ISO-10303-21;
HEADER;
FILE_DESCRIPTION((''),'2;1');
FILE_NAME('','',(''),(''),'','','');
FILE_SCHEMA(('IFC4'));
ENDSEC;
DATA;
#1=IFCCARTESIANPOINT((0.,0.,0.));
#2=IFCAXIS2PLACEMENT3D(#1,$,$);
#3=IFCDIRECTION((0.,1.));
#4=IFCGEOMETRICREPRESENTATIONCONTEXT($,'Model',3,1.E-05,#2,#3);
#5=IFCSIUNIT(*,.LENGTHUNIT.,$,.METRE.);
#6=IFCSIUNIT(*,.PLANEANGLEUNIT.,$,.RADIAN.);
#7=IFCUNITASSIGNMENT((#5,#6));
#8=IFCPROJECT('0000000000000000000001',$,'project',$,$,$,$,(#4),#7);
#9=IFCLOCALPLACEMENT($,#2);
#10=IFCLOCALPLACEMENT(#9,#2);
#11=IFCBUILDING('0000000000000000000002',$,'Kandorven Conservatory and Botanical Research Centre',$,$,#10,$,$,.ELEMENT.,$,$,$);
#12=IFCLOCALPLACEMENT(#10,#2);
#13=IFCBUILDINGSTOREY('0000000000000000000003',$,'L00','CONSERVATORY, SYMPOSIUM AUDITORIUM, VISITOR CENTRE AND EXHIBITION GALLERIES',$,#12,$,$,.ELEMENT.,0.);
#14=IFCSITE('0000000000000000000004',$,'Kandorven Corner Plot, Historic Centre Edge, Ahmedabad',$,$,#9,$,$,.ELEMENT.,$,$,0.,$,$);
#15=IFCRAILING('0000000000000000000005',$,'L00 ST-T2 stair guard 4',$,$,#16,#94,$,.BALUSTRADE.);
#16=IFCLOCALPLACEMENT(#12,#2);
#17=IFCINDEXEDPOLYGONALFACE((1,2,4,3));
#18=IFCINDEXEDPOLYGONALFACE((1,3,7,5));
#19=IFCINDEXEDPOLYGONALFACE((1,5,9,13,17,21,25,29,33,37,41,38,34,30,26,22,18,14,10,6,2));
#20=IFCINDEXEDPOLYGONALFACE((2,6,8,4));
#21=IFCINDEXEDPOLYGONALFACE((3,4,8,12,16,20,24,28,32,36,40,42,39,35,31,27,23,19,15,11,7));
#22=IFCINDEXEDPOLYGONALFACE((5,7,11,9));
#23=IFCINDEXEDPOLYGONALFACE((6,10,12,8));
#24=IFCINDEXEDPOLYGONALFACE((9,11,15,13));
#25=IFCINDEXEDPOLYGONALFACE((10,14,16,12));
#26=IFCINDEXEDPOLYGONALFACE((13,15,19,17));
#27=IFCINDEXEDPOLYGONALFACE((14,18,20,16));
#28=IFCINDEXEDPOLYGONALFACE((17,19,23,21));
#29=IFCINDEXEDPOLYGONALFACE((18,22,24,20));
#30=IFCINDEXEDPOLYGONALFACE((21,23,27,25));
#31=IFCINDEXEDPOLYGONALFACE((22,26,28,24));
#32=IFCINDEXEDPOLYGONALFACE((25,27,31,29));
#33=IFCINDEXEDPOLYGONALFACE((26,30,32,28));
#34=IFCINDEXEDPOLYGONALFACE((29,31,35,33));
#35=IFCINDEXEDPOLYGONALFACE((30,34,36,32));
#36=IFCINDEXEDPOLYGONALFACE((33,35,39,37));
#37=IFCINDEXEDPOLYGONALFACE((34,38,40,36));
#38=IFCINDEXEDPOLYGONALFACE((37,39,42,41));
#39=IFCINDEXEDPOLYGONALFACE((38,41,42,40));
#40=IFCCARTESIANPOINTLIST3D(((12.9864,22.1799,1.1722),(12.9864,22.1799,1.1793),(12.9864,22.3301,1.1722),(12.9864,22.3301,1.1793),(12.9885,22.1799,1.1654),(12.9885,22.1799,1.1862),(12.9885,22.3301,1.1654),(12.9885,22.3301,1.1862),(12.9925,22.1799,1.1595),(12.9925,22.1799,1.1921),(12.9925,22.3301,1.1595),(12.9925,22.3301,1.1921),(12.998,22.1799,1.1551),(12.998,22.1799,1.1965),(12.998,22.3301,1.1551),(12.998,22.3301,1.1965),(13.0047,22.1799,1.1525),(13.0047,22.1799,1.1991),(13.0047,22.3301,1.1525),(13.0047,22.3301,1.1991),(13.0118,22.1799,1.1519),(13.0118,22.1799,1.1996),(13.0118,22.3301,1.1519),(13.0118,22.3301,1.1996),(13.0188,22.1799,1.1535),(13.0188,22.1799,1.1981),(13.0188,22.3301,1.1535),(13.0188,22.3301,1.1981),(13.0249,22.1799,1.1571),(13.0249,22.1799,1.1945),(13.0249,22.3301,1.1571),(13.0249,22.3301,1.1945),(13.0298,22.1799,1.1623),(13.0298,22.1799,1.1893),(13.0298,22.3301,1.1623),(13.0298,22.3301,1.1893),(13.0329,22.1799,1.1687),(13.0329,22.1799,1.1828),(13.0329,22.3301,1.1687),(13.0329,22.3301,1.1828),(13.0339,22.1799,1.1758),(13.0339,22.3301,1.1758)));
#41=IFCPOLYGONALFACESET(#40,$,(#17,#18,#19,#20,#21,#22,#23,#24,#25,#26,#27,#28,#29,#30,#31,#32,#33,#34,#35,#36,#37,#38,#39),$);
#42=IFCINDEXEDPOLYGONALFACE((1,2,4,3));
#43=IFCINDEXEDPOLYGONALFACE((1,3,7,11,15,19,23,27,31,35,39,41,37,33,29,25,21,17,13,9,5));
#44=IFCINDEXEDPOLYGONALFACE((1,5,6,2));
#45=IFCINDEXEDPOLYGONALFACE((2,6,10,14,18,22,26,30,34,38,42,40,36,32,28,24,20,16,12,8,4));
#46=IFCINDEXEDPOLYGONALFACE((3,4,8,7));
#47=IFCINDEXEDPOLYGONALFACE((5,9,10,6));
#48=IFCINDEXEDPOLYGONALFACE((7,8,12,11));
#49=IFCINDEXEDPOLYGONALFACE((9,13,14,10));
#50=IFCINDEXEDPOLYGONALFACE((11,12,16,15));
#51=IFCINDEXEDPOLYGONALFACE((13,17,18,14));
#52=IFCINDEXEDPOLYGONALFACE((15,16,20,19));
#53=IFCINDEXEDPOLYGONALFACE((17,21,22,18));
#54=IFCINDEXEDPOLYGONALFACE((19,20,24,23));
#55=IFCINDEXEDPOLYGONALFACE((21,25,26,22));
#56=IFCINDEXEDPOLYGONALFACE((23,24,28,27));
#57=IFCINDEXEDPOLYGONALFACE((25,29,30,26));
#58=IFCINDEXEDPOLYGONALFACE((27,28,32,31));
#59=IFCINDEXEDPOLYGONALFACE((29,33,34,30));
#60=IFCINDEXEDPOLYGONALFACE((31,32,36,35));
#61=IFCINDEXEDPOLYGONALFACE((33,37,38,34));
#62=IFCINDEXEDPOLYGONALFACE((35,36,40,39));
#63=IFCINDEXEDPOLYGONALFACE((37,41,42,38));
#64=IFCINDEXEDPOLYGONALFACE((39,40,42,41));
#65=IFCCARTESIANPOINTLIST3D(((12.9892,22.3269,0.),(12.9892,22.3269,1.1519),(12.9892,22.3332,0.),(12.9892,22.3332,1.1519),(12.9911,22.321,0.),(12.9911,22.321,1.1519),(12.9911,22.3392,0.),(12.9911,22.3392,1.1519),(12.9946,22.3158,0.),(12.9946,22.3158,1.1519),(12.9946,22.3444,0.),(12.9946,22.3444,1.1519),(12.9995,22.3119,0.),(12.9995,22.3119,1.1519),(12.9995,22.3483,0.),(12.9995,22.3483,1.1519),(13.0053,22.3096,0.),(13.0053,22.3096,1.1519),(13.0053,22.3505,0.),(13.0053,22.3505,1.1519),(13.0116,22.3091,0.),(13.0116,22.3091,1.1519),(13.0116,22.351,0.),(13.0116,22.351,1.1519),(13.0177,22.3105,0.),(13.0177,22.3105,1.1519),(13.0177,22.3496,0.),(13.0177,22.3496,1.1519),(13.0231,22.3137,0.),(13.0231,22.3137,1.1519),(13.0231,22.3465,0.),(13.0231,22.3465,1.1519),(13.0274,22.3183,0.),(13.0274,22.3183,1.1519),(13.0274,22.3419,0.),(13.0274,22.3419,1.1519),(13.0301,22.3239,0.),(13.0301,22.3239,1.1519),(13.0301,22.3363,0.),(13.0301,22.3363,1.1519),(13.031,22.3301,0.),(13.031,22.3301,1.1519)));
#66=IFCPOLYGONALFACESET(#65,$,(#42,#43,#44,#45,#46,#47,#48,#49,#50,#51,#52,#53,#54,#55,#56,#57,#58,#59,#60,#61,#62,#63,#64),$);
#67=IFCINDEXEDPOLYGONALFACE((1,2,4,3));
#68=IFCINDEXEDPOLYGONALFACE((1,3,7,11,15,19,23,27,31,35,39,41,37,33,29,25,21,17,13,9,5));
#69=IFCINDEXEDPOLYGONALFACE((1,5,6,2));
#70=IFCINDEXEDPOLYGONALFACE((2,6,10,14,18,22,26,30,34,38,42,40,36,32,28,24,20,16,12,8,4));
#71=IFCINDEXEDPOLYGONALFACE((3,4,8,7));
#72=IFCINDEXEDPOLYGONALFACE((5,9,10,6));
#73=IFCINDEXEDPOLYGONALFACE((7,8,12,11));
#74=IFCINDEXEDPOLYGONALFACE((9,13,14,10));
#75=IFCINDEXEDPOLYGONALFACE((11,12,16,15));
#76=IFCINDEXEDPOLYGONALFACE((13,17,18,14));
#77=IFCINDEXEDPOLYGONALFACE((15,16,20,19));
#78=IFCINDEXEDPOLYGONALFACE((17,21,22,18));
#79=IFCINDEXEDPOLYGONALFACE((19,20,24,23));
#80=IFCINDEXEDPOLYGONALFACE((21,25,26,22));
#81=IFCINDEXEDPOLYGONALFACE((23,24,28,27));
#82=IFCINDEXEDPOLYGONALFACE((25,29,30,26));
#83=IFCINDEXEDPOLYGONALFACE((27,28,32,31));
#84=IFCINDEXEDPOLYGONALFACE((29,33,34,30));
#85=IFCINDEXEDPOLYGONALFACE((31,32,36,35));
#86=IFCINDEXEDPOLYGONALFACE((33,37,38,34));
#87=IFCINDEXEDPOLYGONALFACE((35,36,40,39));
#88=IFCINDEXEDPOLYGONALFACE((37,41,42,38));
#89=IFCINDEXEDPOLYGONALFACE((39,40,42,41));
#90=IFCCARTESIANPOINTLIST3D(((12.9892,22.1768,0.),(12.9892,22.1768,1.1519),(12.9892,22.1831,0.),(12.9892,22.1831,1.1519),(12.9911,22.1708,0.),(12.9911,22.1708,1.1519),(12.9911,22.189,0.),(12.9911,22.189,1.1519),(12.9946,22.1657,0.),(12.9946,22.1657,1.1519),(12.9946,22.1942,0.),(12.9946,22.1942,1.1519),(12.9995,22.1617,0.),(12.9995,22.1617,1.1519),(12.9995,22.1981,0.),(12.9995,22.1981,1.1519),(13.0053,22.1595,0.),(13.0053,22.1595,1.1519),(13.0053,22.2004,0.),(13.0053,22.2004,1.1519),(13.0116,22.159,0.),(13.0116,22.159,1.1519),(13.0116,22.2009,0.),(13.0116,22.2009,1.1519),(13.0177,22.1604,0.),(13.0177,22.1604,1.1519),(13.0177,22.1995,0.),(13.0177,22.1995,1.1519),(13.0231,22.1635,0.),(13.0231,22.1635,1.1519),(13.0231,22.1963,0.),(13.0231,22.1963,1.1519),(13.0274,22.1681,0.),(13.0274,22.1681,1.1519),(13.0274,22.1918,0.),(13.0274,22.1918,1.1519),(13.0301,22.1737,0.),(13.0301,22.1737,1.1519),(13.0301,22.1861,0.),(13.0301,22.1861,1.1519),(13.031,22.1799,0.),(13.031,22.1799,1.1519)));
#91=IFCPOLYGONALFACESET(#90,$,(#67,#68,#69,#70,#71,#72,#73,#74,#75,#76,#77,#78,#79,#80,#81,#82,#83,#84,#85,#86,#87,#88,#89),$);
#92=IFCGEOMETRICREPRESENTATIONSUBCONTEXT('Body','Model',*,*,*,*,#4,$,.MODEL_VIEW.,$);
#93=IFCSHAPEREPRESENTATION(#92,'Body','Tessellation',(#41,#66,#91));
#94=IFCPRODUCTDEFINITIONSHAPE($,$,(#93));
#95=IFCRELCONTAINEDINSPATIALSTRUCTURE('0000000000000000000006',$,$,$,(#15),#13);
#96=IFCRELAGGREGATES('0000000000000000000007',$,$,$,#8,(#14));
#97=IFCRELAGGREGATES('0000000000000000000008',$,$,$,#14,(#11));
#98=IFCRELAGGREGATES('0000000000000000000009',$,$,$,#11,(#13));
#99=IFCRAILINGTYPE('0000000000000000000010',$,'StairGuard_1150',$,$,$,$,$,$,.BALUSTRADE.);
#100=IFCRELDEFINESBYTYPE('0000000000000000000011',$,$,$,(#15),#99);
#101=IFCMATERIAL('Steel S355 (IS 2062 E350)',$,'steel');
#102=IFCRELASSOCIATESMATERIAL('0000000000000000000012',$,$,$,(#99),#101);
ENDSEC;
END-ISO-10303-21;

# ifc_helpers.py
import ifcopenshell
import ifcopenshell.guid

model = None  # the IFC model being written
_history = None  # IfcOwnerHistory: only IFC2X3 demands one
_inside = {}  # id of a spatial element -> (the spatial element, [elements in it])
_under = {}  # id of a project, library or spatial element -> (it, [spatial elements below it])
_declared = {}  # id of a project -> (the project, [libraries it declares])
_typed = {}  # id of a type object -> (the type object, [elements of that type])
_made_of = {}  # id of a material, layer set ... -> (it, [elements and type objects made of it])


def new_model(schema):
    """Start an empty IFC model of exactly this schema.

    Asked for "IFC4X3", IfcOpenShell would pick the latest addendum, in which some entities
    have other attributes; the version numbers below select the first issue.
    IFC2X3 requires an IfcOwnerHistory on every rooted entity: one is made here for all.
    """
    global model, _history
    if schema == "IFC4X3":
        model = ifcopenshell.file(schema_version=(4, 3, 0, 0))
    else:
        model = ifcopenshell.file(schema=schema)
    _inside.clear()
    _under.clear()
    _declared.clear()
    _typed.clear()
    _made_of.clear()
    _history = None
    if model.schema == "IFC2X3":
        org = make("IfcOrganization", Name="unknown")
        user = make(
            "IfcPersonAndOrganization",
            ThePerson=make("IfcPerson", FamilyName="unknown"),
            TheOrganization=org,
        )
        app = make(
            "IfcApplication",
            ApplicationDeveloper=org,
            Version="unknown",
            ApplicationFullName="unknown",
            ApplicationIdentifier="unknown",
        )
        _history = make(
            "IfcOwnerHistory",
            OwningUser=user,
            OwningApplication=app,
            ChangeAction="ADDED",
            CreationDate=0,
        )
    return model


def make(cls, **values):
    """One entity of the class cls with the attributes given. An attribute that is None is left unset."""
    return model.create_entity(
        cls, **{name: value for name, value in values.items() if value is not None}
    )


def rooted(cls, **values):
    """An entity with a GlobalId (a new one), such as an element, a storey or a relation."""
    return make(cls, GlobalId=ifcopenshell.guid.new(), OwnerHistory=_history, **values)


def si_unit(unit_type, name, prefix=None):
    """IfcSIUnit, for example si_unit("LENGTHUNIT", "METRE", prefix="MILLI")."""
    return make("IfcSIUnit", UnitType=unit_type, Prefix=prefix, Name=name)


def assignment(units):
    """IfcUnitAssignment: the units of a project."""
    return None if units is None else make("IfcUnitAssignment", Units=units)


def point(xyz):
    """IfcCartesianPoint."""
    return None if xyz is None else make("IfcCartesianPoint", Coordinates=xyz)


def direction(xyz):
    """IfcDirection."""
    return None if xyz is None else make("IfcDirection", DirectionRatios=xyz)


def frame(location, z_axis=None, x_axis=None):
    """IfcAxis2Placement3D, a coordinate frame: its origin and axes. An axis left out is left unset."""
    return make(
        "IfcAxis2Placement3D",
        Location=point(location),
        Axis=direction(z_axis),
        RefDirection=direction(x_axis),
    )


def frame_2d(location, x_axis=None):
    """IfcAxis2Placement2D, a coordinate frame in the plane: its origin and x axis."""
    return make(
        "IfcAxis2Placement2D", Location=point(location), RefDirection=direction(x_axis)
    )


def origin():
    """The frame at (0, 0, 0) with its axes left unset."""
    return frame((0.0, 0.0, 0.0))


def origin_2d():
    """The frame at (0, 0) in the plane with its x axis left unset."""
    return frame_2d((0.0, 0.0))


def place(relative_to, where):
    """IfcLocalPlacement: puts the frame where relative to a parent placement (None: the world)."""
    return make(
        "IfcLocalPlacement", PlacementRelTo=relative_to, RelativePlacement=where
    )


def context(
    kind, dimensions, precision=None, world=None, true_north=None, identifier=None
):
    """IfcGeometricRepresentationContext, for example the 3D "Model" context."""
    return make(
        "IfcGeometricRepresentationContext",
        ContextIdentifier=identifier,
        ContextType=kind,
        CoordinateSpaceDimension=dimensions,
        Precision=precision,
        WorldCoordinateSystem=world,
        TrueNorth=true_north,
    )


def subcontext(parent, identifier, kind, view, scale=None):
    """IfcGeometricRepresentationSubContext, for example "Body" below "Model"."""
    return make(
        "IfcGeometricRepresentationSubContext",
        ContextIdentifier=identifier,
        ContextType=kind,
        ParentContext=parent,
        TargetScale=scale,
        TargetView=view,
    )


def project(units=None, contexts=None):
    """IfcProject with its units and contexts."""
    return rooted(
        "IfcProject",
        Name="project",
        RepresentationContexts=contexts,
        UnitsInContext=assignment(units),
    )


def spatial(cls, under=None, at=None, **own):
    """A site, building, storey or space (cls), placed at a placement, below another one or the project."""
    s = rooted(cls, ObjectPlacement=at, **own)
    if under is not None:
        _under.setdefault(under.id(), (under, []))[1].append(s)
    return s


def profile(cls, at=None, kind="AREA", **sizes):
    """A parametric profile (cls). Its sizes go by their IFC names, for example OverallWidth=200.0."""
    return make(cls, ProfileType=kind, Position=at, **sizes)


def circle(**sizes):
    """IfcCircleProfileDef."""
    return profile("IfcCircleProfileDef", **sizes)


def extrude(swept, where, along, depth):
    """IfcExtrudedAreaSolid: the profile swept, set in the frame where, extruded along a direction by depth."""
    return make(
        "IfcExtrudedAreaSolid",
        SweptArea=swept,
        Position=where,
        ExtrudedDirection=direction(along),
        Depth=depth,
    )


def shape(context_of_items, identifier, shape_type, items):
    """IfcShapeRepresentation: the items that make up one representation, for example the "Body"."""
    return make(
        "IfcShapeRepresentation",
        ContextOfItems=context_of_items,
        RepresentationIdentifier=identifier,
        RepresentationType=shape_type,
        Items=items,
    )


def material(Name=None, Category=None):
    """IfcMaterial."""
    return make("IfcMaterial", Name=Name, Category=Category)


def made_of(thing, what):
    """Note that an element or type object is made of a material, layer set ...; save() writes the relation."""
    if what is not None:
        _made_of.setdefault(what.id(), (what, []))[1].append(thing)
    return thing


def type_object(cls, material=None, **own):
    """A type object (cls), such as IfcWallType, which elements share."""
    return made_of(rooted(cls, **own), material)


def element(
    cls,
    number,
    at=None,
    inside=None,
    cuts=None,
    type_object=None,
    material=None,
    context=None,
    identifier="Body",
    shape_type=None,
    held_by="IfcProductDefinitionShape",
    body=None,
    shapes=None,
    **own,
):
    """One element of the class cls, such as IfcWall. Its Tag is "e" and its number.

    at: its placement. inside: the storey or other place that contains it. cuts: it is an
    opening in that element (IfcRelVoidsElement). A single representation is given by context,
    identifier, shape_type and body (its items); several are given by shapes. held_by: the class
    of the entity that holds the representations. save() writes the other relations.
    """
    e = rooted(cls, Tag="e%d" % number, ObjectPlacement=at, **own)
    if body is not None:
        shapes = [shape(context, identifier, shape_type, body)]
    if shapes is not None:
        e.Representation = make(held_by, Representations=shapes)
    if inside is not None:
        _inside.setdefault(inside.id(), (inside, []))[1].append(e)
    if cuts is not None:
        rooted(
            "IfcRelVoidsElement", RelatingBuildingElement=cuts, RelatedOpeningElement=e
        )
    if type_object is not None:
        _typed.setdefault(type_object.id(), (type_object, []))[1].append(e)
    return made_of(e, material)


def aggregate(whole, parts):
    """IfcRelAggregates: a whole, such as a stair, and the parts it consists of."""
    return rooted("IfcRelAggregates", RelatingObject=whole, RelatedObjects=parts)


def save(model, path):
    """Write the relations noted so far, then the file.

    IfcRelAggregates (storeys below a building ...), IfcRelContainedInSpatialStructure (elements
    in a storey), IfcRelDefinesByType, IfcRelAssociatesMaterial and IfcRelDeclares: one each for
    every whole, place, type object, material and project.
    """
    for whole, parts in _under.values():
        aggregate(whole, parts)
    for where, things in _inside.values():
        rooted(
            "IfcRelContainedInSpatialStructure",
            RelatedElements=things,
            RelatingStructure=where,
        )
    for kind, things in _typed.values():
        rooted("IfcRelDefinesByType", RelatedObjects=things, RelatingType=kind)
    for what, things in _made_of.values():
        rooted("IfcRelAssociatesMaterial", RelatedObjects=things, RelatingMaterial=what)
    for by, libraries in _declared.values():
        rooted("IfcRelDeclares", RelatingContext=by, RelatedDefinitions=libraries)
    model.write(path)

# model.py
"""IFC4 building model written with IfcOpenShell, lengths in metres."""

from ifc_helpers import new_model, si_unit, direction, frame, origin, origin_2d, place, context, subcontext, project, spatial, circle, extrude, material, type_object, element, save


model = new_model("IFC4")

# Units and contexts
model_context = context("Model", 3, precision=1e-05, world=origin(), true_north=direction((0.0, 1.0)))
body_context = subcontext(model_context, "Body", "Model", "MODEL_VIEW")
ifc_project = project(units=[si_unit("LENGTHUNIT", "METRE"), si_unit("PLANEANGLEUNIT", "RADIAN")], contexts=[model_context])

# Site, building, storey
site_placement = place(None, origin())
site = spatial("IfcSite", under=ifc_project, at=site_placement, Name="Kandorven Corner Plot, Historic Centre Edge, Ahmedabad", CompositionType="ELEMENT", RefElevation=0.0)
building_placement = place(site_placement, origin())
building = spatial("IfcBuilding", under=site, at=building_placement, Name="Kandorven Conservatory and Botanical Research Centre", CompositionType="ELEMENT")
storey_placement = place(building_placement, origin())
storey = spatial("IfcBuildingStorey", under=building, at=storey_placement, Name="L00", Description="CONSERVATORY, SYMPOSIUM AUDITORIUM, VISITOR CENTRE AND EXHIBITION GALLERIES", CompositionType="ELEMENT", Elevation=0.0)

# Railing
ifc_material_1 = material(Name="Steel S355 (IS 2062 E350)", Category="steel")
railing_type_1 = type_object("IfcRailingType", Name="StairGuard_1150", PredefinedType="BALUSTRADE", material=ifc_material_1)
railing_1_placement = place(storey_placement, frame((13.01, 22.3301, 0.0)))
element("IfcRailing", 1, at=railing_1_placement, inside=storey, type_object=railing_type_1, Name="L00 ST-T2 stair guard 4", PredefinedType="BALUSTRADE", context=body_context, shape_type="SweptSolid", body=[
    extrude(circle(Radius=0.0239, at=origin_2d()), frame((0.0, 0.0, 1.1758), z_axis=(0.0, -1.0, 0.0), x_axis=(1.0, 0.0, 0.0)), (0.0, 0.0, 1.0), 0.1501),
    extrude(circle(Radius=0.021, at=origin_2d()), origin(), (0.0, 0.0, 1.0), 1.1519),
    extrude(circle(Radius=0.021, at=origin_2d()), frame((0.0, -0.1501, 0.0)), (0.0, 0.0, 1.0), 1.1519),
])

save(model, "model.ifc")
